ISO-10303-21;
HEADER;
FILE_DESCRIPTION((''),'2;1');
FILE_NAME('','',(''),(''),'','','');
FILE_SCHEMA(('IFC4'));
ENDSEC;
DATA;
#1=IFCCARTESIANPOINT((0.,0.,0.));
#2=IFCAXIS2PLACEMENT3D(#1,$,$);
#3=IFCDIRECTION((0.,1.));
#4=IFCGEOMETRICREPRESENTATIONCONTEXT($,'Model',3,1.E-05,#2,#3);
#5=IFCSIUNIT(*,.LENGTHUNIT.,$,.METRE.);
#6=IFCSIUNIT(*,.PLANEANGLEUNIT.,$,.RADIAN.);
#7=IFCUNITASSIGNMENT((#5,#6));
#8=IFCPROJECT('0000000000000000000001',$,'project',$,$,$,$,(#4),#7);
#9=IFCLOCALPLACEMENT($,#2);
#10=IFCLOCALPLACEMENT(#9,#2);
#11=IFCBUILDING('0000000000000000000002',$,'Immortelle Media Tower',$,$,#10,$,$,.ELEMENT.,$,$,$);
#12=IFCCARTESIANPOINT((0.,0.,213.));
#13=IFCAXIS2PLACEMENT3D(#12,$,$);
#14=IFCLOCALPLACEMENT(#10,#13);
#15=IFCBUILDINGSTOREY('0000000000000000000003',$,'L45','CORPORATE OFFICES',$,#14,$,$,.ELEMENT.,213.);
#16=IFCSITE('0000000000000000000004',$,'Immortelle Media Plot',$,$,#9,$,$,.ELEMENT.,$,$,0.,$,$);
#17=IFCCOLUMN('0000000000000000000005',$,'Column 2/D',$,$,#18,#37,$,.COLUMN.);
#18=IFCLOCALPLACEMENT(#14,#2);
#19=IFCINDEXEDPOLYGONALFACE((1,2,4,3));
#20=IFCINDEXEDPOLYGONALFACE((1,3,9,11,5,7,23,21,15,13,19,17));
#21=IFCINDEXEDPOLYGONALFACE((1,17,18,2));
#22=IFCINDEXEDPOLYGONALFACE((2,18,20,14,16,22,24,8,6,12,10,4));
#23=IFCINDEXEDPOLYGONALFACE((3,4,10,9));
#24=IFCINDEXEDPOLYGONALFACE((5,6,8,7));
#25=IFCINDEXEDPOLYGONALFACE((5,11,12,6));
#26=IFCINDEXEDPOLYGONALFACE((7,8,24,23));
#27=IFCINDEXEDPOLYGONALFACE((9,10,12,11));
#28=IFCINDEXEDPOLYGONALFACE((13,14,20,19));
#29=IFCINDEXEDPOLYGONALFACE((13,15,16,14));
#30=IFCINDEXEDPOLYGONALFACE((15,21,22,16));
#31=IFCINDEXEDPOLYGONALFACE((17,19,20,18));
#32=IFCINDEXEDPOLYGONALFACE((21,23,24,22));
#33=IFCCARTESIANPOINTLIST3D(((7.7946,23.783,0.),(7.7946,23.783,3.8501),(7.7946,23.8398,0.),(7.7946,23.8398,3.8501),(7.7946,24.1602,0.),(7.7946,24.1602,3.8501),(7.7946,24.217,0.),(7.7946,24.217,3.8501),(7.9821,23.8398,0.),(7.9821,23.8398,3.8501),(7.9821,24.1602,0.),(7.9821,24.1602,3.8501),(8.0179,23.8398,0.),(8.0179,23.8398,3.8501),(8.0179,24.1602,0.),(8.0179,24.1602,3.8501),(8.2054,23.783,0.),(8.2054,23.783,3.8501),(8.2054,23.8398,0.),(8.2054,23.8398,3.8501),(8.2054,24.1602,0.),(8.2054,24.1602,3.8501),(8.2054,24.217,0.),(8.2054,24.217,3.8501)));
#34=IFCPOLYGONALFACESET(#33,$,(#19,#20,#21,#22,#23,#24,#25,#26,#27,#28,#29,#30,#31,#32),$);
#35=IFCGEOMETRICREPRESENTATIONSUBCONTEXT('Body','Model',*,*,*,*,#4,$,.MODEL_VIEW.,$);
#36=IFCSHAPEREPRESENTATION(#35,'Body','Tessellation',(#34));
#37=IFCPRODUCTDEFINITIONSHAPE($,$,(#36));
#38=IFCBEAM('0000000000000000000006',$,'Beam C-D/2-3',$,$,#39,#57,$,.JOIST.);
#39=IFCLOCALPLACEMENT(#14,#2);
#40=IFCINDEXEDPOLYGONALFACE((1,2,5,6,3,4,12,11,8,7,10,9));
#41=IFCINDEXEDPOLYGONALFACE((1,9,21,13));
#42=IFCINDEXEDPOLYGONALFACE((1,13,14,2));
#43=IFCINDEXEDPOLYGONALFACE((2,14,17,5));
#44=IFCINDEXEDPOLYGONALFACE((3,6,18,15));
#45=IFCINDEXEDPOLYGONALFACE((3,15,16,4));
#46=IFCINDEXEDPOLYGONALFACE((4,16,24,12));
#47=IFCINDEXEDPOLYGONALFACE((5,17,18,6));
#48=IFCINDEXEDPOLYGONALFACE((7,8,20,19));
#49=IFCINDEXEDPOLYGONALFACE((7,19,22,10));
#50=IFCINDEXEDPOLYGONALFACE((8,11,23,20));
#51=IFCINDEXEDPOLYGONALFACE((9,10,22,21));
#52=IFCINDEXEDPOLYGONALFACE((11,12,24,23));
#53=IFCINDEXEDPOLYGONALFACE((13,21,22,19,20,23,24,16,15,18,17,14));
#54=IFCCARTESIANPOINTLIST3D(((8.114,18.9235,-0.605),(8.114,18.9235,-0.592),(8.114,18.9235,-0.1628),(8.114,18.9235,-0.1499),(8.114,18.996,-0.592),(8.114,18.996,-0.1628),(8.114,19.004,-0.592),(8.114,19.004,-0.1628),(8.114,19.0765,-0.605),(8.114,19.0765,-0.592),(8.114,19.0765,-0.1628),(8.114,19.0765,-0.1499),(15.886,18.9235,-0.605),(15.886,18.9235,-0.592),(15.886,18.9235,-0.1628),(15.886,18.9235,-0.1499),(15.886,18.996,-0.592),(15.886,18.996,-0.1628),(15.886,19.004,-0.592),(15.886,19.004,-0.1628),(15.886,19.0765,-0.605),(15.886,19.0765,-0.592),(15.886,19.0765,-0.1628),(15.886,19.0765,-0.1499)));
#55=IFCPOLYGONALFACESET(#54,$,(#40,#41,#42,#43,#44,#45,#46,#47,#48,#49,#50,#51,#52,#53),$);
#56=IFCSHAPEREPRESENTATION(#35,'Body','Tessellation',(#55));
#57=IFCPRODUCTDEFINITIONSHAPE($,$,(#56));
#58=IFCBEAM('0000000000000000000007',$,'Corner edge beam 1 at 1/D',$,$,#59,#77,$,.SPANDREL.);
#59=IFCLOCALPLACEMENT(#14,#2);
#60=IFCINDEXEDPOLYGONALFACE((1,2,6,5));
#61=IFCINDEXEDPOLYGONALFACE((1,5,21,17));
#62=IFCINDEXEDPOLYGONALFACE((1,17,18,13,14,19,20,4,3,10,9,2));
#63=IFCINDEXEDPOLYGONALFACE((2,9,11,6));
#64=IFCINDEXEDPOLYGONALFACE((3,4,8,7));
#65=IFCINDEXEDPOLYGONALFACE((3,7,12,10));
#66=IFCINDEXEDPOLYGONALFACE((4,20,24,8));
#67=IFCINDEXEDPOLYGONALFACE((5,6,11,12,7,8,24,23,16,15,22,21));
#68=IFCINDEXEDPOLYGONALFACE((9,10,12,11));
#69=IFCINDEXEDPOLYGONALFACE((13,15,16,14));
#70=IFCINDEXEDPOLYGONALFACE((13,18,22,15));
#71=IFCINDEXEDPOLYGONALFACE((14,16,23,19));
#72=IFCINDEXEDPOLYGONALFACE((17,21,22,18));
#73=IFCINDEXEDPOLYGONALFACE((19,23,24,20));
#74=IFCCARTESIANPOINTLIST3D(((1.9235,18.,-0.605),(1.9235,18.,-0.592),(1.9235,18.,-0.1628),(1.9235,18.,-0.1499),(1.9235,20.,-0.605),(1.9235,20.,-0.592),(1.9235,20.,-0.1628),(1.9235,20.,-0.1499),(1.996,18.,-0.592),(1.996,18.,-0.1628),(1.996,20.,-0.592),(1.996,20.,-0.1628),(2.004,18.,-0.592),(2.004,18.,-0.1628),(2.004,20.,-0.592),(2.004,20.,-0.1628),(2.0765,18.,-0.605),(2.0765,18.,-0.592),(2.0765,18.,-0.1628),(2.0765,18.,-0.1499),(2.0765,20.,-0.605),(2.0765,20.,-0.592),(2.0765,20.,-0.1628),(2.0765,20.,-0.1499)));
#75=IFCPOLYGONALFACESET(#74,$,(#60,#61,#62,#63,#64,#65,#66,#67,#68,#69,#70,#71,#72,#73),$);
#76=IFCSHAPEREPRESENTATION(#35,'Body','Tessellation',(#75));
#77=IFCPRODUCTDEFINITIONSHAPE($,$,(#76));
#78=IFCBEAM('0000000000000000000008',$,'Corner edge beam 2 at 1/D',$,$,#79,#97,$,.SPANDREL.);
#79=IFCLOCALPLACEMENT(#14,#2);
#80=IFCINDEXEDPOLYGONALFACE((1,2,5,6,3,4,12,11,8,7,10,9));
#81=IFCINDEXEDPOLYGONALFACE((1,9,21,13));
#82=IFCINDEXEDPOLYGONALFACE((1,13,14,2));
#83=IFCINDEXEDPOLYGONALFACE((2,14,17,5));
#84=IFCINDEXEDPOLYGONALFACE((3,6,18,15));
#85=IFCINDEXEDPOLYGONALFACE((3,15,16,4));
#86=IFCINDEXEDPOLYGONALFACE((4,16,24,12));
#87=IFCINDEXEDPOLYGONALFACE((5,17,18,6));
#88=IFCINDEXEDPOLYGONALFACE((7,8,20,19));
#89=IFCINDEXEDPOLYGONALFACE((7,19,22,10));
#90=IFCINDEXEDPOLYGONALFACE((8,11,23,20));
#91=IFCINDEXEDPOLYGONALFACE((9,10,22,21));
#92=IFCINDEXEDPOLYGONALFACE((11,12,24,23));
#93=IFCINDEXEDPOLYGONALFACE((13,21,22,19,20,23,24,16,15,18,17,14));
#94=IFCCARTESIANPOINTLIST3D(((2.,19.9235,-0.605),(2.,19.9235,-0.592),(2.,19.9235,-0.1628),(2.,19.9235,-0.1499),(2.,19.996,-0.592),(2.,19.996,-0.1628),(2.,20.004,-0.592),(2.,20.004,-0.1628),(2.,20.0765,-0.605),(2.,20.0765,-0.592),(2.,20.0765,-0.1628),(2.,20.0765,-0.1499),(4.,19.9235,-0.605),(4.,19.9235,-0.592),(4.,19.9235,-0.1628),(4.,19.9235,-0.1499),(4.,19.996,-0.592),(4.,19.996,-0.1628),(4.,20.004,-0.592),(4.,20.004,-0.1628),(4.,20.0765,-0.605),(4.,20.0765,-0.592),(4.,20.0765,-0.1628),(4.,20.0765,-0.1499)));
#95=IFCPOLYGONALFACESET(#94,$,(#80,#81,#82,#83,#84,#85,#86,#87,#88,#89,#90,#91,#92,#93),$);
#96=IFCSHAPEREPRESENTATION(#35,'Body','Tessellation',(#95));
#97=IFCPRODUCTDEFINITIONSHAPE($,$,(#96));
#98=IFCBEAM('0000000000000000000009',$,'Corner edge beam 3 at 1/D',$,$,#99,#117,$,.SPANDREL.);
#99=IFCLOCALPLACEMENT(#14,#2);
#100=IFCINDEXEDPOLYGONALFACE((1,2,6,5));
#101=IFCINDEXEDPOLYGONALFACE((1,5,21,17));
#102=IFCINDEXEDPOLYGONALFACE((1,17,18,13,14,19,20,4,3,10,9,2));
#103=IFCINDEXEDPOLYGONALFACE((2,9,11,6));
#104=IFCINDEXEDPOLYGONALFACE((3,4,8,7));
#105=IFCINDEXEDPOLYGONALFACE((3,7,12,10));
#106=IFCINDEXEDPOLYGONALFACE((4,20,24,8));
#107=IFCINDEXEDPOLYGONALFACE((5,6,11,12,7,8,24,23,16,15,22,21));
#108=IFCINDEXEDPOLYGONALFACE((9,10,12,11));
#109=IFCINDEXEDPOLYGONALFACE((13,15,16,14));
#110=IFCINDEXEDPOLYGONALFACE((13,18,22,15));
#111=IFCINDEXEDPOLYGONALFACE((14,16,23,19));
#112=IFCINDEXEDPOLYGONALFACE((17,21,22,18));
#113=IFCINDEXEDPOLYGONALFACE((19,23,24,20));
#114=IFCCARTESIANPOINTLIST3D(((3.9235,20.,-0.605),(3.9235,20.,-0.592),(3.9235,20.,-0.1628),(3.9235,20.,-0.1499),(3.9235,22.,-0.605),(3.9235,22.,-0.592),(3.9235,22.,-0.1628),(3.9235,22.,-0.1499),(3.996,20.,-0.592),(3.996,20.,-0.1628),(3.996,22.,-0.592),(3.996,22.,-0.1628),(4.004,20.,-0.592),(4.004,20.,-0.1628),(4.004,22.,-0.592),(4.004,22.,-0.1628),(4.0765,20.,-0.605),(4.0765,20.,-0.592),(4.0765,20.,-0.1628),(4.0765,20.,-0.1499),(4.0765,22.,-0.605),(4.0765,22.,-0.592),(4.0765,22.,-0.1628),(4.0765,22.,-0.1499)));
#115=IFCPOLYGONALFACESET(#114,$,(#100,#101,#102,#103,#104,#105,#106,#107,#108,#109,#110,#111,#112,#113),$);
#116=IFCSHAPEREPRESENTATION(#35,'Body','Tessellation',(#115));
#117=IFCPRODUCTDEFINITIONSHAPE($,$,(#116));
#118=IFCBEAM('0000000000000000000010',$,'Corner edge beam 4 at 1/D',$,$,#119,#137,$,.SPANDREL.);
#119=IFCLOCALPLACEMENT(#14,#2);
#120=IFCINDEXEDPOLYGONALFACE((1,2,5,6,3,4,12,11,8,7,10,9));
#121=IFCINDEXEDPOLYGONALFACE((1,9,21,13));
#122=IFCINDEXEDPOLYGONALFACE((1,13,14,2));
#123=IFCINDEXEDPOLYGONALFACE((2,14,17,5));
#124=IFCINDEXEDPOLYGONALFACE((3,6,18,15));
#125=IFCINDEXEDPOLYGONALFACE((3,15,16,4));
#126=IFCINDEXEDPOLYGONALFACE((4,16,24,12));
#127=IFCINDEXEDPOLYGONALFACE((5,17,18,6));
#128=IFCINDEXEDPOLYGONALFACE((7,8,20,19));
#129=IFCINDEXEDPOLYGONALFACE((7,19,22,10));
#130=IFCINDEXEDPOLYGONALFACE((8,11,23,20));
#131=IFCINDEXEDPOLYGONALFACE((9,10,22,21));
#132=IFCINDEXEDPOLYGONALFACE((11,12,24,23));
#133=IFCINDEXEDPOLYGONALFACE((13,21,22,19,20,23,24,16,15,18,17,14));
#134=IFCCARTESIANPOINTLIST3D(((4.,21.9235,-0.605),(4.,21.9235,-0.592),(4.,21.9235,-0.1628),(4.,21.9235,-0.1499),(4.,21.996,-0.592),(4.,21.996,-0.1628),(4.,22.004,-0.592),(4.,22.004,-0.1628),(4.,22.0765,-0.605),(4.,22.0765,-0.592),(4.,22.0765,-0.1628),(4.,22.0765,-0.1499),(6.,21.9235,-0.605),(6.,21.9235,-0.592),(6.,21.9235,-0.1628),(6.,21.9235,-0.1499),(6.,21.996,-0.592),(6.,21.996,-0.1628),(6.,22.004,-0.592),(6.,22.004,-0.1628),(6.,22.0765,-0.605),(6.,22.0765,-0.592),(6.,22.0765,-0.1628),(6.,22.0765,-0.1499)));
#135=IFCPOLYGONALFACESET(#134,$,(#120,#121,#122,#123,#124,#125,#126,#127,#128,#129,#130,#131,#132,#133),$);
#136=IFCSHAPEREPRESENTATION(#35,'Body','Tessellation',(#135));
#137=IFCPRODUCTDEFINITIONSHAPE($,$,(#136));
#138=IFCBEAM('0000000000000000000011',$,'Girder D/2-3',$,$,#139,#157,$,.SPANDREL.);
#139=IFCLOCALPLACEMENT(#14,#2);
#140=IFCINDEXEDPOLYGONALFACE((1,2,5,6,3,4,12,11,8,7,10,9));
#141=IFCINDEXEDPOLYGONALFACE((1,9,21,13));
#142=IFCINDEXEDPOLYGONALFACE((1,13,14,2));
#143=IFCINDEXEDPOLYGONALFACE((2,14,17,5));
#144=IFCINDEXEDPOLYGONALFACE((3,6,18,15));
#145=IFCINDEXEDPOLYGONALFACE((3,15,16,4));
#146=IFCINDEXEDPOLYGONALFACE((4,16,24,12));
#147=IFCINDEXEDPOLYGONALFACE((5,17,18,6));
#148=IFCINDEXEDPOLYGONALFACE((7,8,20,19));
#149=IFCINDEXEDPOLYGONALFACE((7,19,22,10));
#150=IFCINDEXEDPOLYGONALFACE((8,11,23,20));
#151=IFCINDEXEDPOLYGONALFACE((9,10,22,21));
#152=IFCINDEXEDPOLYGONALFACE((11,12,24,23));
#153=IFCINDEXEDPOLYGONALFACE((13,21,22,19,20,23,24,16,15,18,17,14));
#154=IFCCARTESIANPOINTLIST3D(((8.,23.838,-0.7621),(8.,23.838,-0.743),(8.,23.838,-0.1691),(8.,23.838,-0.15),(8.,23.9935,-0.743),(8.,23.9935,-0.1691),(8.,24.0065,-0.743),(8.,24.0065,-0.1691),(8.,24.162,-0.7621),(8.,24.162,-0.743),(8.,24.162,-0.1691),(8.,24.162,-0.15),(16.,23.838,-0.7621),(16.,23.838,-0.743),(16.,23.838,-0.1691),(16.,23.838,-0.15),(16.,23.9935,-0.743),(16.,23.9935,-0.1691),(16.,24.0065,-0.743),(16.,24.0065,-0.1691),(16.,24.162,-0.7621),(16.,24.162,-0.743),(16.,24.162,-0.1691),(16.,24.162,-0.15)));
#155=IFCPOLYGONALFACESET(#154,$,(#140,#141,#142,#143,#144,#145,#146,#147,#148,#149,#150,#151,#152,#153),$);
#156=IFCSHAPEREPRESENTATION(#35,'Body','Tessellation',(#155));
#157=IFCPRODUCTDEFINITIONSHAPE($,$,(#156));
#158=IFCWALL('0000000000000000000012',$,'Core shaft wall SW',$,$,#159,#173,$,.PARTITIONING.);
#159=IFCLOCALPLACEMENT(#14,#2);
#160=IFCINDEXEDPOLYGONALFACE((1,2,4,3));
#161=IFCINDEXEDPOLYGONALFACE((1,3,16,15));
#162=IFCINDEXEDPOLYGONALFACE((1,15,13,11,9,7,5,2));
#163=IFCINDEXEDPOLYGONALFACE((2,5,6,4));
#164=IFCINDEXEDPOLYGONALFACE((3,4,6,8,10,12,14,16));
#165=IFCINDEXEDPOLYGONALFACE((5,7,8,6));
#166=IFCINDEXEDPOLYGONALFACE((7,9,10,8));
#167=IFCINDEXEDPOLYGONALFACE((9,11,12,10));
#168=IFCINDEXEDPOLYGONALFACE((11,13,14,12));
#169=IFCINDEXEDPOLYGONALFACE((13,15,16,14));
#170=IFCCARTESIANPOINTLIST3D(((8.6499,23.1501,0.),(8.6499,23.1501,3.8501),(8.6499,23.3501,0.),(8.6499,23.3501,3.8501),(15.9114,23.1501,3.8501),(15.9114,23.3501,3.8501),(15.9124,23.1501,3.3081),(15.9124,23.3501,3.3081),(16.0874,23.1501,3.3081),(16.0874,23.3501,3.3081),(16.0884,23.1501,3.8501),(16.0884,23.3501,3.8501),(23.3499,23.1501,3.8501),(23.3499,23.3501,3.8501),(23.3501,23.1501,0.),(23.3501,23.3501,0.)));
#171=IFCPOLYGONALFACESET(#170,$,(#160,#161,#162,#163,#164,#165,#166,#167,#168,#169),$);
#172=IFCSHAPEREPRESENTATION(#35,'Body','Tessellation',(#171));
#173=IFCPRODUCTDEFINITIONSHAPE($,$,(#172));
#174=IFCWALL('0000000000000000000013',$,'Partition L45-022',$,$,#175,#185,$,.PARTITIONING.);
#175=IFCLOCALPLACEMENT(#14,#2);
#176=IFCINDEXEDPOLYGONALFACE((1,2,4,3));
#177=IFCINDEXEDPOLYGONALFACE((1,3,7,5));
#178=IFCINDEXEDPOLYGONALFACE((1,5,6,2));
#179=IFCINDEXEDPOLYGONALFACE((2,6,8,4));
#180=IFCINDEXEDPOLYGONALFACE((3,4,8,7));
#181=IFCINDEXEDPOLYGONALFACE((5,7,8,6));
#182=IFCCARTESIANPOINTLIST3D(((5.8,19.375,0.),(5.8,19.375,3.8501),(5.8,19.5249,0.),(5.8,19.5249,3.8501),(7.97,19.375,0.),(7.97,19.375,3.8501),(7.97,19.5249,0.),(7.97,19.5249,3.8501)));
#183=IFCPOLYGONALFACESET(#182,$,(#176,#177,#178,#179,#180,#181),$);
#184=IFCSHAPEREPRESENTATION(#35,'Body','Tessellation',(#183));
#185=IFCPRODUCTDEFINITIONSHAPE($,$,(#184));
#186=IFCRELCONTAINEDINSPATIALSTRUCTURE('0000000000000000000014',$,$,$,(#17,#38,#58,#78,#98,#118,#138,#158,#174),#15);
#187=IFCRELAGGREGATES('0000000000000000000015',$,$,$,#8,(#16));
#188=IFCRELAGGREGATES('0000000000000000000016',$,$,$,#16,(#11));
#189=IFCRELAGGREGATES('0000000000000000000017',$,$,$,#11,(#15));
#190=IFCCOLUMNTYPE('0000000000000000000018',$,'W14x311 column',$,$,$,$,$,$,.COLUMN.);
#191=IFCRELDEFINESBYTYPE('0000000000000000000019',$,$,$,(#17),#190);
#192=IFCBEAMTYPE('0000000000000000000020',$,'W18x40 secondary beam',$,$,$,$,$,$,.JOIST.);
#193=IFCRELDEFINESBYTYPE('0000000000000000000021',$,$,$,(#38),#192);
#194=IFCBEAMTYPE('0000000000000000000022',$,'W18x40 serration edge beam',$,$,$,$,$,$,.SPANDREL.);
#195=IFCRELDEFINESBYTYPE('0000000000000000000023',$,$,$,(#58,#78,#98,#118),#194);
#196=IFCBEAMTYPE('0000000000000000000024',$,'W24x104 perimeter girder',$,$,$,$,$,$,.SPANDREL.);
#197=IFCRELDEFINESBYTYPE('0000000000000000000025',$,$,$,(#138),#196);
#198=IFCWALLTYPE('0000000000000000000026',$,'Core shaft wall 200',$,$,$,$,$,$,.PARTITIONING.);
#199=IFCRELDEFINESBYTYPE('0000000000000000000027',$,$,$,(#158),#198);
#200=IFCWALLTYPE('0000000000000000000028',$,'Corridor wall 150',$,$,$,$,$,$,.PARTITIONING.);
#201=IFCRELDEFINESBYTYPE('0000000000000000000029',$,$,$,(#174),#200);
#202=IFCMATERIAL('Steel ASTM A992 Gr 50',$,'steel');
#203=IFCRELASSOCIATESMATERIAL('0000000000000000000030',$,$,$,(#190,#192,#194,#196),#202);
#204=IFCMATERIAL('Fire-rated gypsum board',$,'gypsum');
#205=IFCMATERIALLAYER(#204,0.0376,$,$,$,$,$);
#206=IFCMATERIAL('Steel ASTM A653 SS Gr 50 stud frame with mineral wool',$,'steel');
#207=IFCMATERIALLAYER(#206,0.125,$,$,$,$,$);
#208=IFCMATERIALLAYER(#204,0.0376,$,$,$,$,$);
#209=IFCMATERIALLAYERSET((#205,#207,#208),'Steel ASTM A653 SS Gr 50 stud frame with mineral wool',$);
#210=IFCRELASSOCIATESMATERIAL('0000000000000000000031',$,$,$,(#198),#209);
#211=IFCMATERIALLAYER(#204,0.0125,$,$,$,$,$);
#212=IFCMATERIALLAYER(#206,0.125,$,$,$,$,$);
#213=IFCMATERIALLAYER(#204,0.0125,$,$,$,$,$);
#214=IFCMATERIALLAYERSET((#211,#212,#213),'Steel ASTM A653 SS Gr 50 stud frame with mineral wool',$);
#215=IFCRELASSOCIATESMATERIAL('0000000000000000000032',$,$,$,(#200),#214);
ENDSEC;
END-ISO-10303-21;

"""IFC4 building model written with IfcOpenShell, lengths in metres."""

from ifc_helpers import new_model, si_unit, direction, frame, frame_2d, origin, origin_2d, place, context, subcontext, project, spatial, polyline, rectangle, i_section, outline, extrude, material, layer, layer_set, material_profile, profile_set, type_object, element, save


model = new_model("IFC4")

# Units and contexts
model_context = context("Model", 3, precision=1e-05, world=origin(), true_north=direction((0.0, 1.0)))
body_context = subcontext(model_context, "Body", "Model", "MODEL_VIEW")
ifc_project = project(units=[si_unit("LENGTHUNIT", "METRE"), si_unit("PLANEANGLEUNIT", "RADIAN")], contexts=[model_context])

# Site, building, storey
site_placement = place(None, origin())
site = spatial("IfcSite", under=ifc_project, at=site_placement, Name="Immortelle Media Plot", CompositionType="ELEMENT", RefElevation=0.0)
building_placement = place(site_placement, origin())
building = spatial("IfcBuilding", under=site, at=building_placement, Name="Immortelle Media Tower", CompositionType="ELEMENT")
storey_placement = place(building_placement, frame((0.0, 0.0, 213.0)))
storey = spatial("IfcBuildingStorey", under=building, at=storey_placement, Name="L45", Description="CORPORATE OFFICES", CompositionType="ELEMENT", Elevation=213.0)

# Column
ifc_material_1 = material(Name="Steel ASTM A992 Gr 50", Category="steel")
ifc_material_profile_1 = material_profile(ifc_material_1, i_section(OverallWidth=0.4109, OverallDepth=0.4341, WebThickness=0.0359, FlangeThickness=0.0569, at=origin_2d()), Name="W14x311")
ifc_profile_set_1 = profile_set([ifc_material_profile_1], Name="Steel ASTM A992 Gr 50")
column_type = type_object("IfcColumnType", Name="W14x311 column", PredefinedType="COLUMN", material=ifc_profile_set_1)
column_placement = place(storey_placement, frame((8.0, 24.0, 0.0), z_axis=(0.0, 0.0, 1.0), x_axis=(1.0, 0.0, 0.0)))
element("IfcColumn", 1, at=column_placement, inside=storey, type_object=column_type, Name="Column 2/D", PredefinedType="COLUMN", context=body_context, shape_type="SweptSolid", body=[
    extrude(i_section(OverallWidth=0.4109, OverallDepth=0.4341, WebThickness=0.0359, FlangeThickness=0.0569, at=origin_2d()), origin(), (0.0, 0.0, 1.0), 3.8501),
])

# Beams
ifc_material_profile_2 = material_profile(ifc_material_1, i_section(OverallWidth=0.1531, OverallDepth=0.4551, WebThickness=0.0081, FlangeThickness=0.0129, at=origin_2d()), Name="W18x40")
ifc_profile_set_2 = profile_set([ifc_material_profile_2], Name="Steel ASTM A992 Gr 50")
beam_type_1 = type_object("IfcBeamType", Name="W18x40 secondary beam", PredefinedType="JOIST", material=ifc_profile_set_2)
beam_1_placement = place(storey_placement, frame((8.114, 19.0, -0.3774), z_axis=(1.0, 0.0, 0.0), x_axis=(0.0, 1.0, 0.0)))
element("IfcBeam", 2, at=beam_1_placement, inside=storey, type_object=beam_type_1, Name="Beam C-D/2-3", PredefinedType="JOIST", context=body_context, shape_type="SweptSolid", body=[
    extrude(i_section(OverallWidth=0.1531, OverallDepth=0.4551, WebThickness=0.0081, FlangeThickness=0.0129, at=origin_2d()), origin(), (0.0, 0.0, 1.0), 7.772),
])
ifc_material_profile_3 = material_profile(ifc_material_1, i_section(OverallWidth=0.1531, OverallDepth=0.4551, WebThickness=0.0081, FlangeThickness=0.0129, at=origin_2d()), Name="W18x40")
ifc_profile_set_3 = profile_set([ifc_material_profile_3], Name="Steel ASTM A992 Gr 50")
beam_type_2 = type_object("IfcBeamType", Name="W18x40 serration edge beam", PredefinedType="SPANDREL", material=ifc_profile_set_3)
for number, where, z_axis, x_axis, name in (
    (3, (2.0, 18.0, -0.3774), (0.0, 1.0, 0.0), (-1.0, 0.0, 0.0), "Corner edge beam 1 at 1/D"),
    (4, (2.0, 20.0, -0.3774), (1.0, 0.0, 0.0), (0.0, 1.0, 0.0), "Corner edge beam 2 at 1/D"),
    (5, (4.0, 20.0, -0.3774), (0.0, 1.0, 0.0), (-1.0, 0.0, 0.0), "Corner edge beam 3 at 1/D"),
    (6, (4.0, 22.0, -0.3774), (1.0, 0.0, 0.0), (0.0, 1.0, 0.0), "Corner edge beam 4 at 1/D"),
):
    element("IfcBeam", number, at=place(storey_placement, frame(where, z_axis=z_axis, x_axis=x_axis)), inside=storey, type_object=beam_type_2, Name=name, PredefinedType="SPANDREL", context=body_context, shape_type="SweptSolid", body=[
        extrude(i_section(OverallWidth=0.1531, OverallDepth=0.4551, WebThickness=0.0081, FlangeThickness=0.0129, at=origin_2d()), origin(), (0.0, 0.0, 1.0), 2.0),
    ])
ifc_material_profile_4 = material_profile(ifc_material_1, i_section(OverallWidth=0.324, OverallDepth=0.6121, WebThickness=0.0129, FlangeThickness=0.019, at=origin_2d()), Name="W24x104")
ifc_profile_set_4 = profile_set([ifc_material_profile_4], Name="Steel ASTM A992 Gr 50")
beam_type_3 = type_object("IfcBeamType", Name="W24x104 perimeter girder", PredefinedType="SPANDREL", material=ifc_profile_set_4)
beam_2_placement = place(storey_placement, frame((8.0, 24.0, -0.4561), z_axis=(1.0, 0.0, 0.0), x_axis=(0.0, 1.0, 0.0)))
element("IfcBeam", 7, at=beam_2_placement, inside=storey, type_object=beam_type_3, Name="Girder D/2-3", PredefinedType="SPANDREL", context=body_context, shape_type="SweptSolid", body=[
    extrude(i_section(OverallWidth=0.324, OverallDepth=0.6121, WebThickness=0.0129, FlangeThickness=0.019, at=origin_2d()), origin(), (0.0, 0.0, 1.0), 8.0),
])

# Walls
ifc_material_2 = material(Name="Fire-rated gypsum board", Category="gypsum")
ifc_layer_1 = layer(ifc_material_2, 0.0376)
ifc_material_3 = material(Name="Steel ASTM A653 SS Gr 50 stud frame with mineral wool", Category="steel")
ifc_layer_2 = layer(ifc_material_3, 0.125)
ifc_layer_3 = layer(ifc_material_2, 0.0376)
ifc_layer_set_1 = layer_set([ifc_layer_1, ifc_layer_2, ifc_layer_3], Name="Steel ASTM A653 SS Gr 50 stud frame with mineral wool")
wall_type_1 = type_object("IfcWallType", Name="Core shaft wall 200", PredefinedType="PARTITIONING", material=ifc_layer_set_1)
wall_1_placement = place(storey_placement, frame((8.6499, 23.25, 0.0), z_axis=(0.0, 0.0, 1.0), x_axis=(1.0, 0.0, 0.0)))
element("IfcWall", 8, at=wall_1_placement, inside=storey, type_object=wall_type_1, Name="Core shaft wall SW", PredefinedType="PARTITIONING", context=body_context, shape_type="SweptSolid", body=[
    extrude(outline(polyline([(0.0, 0.0), (14.7002, 0.0), (14.7, 3.8501), (7.4385, 3.8501), (7.4375, 3.3081), (7.2625, 3.3081), (7.2615, 3.8501), (0.0, 3.8501), (0.0, 0.0)])), frame((0.0, 0.1001, 0.0), z_axis=(0.0, -1.0, 0.0), x_axis=(1.0, 0.0, 0.0)), (0.0, 0.0, 1.0), 0.2),
])
ifc_layer_4 = layer(ifc_material_2, 0.0125)
ifc_layer_5 = layer(ifc_material_3, 0.125)
ifc_layer_6 = layer(ifc_material_2, 0.0125)
ifc_layer_set_2 = layer_set([ifc_layer_4, ifc_layer_5, ifc_layer_6], Name="Steel ASTM A653 SS Gr 50 stud frame with mineral wool")
wall_type_2 = type_object("IfcWallType", Name="Corridor wall 150", PredefinedType="PARTITIONING", material=ifc_layer_set_2)
wall_2_placement = place(storey_placement, frame((5.8, 19.45, 0.0), z_axis=(0.0, 0.0, 1.0), x_axis=(1.0, 0.0, 0.0)))
element("IfcWall", 9, at=wall_2_placement, inside=storey, type_object=wall_type_2, Name="Partition L45-022", PredefinedType="PARTITIONING", context=body_context, shape_type="SweptSolid", body=[
    extrude(rectangle(XDim=2.1699, YDim=0.1499, at=frame_2d((1.085, 0.0))), origin(), (0.0, 0.0, 1.0), 3.8501),
])

save(model, "model.ifc")
